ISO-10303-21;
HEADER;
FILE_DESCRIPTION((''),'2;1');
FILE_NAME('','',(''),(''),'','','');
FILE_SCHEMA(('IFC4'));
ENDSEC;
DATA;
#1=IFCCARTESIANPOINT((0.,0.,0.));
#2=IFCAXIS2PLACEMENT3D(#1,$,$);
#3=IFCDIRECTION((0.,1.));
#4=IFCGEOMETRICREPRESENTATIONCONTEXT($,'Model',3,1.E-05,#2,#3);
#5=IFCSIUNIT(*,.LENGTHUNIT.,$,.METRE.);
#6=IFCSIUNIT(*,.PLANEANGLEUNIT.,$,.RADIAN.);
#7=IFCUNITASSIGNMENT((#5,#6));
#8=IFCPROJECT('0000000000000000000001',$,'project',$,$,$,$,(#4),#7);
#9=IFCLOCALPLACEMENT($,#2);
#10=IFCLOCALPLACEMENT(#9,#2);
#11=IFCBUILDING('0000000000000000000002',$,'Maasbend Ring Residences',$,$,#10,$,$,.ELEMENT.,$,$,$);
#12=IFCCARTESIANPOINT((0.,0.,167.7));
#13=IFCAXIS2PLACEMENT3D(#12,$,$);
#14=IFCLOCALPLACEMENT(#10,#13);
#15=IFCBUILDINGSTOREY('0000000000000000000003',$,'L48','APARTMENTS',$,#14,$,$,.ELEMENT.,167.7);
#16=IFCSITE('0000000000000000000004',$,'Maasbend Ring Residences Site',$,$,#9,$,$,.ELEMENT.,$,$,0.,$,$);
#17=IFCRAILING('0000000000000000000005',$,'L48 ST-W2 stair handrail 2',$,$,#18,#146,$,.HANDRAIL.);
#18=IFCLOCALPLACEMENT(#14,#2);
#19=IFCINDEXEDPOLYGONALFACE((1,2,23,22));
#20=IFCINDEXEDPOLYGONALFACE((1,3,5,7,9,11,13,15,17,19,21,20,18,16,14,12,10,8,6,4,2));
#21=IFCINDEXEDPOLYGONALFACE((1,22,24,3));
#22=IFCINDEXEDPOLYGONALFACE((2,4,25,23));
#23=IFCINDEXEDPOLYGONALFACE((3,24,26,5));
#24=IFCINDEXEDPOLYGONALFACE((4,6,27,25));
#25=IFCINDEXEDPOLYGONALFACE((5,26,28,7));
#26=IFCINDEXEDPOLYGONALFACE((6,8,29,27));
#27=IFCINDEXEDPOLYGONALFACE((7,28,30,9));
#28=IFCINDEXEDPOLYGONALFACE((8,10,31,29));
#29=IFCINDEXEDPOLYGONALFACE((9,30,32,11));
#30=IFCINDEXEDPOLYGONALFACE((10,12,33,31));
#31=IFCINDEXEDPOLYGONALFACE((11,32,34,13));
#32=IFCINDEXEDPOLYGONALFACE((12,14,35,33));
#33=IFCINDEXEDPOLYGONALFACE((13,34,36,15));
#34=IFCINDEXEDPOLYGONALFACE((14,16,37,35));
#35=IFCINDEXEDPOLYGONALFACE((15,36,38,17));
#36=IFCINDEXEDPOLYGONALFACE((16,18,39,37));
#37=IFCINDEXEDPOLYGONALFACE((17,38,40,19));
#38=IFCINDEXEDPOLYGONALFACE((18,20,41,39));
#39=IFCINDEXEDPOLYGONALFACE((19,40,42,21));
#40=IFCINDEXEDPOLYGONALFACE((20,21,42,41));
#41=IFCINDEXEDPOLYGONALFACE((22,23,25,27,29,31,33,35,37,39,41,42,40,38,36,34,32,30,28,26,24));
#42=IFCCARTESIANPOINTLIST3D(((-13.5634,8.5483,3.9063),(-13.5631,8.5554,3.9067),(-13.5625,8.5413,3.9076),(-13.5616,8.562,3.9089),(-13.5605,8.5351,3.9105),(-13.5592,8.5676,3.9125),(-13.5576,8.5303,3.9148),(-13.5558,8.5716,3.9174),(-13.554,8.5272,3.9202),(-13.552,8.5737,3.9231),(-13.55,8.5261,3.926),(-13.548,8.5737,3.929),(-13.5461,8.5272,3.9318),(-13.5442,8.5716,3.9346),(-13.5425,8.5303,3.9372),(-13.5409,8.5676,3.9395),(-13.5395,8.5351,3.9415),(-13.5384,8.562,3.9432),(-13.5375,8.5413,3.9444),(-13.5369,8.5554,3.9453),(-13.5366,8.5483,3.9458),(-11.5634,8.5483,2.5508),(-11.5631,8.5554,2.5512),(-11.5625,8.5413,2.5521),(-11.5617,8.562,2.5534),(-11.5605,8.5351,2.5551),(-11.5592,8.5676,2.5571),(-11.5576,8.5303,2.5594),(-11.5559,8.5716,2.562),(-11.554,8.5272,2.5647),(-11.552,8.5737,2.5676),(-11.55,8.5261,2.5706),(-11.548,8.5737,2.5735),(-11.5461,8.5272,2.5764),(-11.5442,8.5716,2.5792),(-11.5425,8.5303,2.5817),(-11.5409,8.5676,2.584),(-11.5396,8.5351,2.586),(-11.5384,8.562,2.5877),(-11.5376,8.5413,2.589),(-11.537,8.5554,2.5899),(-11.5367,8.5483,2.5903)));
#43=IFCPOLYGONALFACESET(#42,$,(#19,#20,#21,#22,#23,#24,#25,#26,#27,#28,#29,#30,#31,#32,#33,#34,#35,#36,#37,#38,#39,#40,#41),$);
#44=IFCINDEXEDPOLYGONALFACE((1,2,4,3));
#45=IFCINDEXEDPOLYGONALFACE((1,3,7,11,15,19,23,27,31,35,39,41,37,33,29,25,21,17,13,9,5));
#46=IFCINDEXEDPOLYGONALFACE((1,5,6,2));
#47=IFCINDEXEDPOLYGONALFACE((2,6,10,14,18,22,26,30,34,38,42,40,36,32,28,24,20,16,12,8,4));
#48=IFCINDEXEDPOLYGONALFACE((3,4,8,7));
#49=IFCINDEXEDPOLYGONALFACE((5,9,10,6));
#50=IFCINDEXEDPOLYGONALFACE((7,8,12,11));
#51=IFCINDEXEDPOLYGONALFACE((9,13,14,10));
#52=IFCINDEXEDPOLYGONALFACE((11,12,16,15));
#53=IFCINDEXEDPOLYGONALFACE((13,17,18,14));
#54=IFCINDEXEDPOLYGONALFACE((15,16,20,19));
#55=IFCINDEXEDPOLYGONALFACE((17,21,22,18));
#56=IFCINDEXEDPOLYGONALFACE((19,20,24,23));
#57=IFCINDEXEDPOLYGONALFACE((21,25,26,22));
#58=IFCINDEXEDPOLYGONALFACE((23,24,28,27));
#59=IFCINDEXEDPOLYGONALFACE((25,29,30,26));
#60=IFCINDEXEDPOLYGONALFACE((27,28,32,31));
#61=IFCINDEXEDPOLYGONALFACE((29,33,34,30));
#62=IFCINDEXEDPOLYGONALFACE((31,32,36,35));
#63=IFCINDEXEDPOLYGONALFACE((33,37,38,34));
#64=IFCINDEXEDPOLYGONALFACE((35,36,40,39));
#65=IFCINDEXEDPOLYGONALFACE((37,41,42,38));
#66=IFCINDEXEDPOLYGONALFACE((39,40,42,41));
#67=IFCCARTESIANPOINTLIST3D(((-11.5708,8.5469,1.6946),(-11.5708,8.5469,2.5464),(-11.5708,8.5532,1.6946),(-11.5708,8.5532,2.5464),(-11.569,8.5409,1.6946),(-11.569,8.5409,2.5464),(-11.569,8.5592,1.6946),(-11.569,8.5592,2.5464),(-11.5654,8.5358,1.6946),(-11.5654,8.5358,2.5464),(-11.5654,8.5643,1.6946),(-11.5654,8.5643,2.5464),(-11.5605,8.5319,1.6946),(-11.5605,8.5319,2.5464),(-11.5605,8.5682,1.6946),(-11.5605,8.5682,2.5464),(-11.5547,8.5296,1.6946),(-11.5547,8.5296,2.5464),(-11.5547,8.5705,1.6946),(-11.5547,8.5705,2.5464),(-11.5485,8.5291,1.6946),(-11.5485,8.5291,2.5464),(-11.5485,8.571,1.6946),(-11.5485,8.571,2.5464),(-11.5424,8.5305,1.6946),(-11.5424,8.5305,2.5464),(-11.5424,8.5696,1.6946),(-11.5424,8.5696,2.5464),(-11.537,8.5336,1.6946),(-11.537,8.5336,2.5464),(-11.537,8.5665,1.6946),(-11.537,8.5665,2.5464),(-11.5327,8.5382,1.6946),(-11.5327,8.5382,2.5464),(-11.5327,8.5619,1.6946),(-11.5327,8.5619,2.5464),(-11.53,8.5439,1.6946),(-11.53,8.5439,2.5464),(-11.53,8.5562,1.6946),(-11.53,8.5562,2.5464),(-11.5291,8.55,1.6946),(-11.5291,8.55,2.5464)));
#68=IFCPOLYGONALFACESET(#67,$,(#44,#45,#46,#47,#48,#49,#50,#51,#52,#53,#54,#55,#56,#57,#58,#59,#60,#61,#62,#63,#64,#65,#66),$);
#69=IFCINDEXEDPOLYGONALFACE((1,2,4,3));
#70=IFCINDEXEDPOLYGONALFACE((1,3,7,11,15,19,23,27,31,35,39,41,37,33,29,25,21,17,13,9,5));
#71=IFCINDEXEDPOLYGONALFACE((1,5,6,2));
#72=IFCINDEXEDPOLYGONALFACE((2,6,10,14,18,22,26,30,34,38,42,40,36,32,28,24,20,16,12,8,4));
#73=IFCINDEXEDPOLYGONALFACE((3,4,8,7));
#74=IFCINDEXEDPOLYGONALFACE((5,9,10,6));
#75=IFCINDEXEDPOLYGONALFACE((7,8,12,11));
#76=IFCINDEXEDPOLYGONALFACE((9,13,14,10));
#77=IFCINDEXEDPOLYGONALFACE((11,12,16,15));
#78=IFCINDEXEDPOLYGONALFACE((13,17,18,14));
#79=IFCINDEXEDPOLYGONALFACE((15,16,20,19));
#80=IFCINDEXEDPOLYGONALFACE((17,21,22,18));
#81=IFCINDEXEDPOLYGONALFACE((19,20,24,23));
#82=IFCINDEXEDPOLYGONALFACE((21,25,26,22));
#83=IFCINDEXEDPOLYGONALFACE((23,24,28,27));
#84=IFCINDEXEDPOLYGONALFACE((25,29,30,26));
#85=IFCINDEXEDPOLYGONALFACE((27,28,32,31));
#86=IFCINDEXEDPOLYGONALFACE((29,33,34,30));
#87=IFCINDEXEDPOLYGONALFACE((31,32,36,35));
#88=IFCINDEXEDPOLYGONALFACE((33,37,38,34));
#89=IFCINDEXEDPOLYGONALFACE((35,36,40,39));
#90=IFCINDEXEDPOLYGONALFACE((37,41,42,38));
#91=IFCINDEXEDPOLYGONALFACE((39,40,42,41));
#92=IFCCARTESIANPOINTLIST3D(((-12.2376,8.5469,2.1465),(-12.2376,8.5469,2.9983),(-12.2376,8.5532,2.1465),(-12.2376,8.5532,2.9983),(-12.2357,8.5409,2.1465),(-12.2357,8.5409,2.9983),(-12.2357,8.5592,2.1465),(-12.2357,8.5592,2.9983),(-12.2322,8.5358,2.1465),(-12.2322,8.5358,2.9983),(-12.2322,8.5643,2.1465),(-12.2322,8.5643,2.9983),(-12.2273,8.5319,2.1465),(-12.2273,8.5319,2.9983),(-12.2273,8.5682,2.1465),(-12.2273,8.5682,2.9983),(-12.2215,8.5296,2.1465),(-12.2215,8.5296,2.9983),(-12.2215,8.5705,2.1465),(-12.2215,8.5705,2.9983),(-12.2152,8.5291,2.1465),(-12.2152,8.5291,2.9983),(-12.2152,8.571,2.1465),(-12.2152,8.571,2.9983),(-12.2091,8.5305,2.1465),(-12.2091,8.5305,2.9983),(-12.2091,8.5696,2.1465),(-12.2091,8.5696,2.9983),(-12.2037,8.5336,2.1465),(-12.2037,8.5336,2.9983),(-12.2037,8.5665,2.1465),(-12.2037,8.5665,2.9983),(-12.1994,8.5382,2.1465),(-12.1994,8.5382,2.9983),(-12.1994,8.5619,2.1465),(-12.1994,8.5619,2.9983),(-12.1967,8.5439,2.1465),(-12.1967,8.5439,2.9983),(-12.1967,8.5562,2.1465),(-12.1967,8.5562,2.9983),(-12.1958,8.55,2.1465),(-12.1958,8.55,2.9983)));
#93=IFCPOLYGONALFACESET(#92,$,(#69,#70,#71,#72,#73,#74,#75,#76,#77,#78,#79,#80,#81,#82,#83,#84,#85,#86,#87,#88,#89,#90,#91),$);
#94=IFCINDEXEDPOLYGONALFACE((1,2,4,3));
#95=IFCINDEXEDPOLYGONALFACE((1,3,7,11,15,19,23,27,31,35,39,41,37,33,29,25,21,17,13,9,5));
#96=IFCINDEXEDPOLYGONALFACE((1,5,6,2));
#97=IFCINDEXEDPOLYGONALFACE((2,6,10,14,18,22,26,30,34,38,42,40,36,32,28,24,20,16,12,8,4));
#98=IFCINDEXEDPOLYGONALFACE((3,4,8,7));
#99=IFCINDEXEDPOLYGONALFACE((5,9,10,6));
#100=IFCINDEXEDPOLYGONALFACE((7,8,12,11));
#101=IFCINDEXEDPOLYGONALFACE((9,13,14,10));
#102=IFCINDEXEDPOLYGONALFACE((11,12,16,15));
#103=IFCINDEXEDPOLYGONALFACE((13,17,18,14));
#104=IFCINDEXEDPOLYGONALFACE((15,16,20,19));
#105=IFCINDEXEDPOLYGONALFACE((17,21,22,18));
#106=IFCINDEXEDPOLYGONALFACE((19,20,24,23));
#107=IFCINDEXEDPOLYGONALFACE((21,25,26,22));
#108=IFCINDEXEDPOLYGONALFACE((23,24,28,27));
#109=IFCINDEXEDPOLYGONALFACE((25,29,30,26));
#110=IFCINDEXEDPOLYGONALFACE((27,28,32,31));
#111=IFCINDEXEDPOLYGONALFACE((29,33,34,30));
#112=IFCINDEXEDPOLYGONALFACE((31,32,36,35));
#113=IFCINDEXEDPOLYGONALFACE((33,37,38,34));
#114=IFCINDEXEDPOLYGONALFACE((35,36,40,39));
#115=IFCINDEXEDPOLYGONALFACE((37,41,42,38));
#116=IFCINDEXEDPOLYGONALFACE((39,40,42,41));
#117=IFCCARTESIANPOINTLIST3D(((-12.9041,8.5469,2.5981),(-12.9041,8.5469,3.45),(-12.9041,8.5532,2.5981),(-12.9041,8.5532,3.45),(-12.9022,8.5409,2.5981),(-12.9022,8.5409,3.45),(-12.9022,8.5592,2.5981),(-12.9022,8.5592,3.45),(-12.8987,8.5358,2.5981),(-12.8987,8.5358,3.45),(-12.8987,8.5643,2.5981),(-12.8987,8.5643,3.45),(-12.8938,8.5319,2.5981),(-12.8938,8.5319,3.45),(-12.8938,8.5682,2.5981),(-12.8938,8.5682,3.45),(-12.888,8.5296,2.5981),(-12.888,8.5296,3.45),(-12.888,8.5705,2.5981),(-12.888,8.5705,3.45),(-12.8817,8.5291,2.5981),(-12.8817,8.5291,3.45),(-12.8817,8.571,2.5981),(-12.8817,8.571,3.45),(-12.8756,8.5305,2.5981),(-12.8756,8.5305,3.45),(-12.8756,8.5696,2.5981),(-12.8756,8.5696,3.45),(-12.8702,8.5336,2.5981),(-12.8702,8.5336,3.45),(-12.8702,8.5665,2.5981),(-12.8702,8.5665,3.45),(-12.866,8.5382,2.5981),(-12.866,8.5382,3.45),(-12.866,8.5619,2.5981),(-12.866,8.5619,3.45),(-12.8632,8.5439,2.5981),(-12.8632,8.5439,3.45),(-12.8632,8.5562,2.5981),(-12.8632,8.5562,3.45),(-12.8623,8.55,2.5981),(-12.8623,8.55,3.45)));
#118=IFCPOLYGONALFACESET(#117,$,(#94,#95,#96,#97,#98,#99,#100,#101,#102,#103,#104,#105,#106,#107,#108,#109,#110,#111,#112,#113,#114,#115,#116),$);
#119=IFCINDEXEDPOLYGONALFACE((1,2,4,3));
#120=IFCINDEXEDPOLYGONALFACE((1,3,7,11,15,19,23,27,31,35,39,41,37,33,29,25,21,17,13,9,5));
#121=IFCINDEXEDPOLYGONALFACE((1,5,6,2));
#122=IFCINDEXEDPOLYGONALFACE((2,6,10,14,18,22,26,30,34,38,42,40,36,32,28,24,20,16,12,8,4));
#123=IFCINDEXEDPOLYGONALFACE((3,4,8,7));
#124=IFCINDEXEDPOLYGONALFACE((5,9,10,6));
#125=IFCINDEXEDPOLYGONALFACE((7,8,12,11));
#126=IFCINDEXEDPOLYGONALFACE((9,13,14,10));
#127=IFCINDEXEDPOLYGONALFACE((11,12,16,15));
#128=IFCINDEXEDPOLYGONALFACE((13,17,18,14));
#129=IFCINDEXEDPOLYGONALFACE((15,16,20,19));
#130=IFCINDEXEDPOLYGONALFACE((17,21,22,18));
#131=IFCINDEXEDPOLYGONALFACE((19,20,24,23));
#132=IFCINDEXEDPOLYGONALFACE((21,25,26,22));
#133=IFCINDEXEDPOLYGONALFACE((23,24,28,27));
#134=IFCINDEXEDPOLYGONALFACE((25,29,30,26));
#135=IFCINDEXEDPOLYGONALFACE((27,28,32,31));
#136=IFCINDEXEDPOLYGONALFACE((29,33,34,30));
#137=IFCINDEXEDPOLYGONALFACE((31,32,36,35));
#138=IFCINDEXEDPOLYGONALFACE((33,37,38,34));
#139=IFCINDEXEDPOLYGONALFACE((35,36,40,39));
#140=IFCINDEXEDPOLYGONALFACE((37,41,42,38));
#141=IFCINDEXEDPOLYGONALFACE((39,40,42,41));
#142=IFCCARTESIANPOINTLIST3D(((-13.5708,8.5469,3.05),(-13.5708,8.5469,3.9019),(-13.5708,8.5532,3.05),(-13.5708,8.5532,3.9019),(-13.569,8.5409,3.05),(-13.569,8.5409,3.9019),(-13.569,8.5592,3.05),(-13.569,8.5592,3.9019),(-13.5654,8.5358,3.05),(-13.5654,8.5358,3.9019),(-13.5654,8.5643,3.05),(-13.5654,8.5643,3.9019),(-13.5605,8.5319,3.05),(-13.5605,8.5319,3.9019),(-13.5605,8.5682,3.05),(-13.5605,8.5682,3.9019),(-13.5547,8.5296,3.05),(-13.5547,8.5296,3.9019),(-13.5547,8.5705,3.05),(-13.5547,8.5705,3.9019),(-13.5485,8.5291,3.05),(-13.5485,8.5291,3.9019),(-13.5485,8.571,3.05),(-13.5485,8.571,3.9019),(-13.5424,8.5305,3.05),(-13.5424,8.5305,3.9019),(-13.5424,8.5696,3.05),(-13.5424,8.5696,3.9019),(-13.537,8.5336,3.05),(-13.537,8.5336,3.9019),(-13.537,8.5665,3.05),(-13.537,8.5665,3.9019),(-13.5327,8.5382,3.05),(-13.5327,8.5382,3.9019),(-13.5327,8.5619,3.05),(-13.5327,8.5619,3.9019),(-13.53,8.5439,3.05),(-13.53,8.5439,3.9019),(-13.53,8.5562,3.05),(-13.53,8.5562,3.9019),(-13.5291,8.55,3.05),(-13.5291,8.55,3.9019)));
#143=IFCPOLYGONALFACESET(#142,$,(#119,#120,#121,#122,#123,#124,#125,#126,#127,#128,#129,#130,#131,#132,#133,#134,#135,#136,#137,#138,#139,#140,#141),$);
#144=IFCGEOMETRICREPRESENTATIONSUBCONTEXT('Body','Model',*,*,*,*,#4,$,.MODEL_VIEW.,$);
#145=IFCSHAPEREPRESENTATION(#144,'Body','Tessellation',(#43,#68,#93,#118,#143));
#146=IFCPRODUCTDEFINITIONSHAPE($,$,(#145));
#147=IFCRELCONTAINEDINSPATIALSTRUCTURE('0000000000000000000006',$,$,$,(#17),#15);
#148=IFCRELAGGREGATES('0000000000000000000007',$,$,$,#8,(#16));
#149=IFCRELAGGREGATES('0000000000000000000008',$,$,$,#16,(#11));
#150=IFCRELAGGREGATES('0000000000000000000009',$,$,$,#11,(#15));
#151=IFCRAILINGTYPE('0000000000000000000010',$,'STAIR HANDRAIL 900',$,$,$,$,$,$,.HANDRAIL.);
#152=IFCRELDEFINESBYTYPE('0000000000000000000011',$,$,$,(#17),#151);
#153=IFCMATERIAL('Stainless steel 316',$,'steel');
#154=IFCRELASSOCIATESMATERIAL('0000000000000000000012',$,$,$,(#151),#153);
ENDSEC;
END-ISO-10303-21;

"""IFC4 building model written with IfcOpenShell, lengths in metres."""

from ifc_helpers import new_model, si_unit, direction, frame, origin, origin_2d, place, context, subcontext, project, spatial, circle, extrude, material, type_object, element, save


model = new_model("IFC4")

# Units and contexts
model_context = context("Model", 3, precision=1e-05, world=origin(), true_north=direction((0.0, 1.0)))
body_context = subcontext(model_context, "Body", "Model", "MODEL_VIEW")
ifc_project = project(units=[si_unit("LENGTHUNIT", "METRE"), si_unit("PLANEANGLEUNIT", "RADIAN")], contexts=[model_context])

# Site, building, storey
site_placement = place(None, origin())
site = spatial("IfcSite", under=ifc_project, at=site_placement, Name="Maasbend Ring Residences Site", CompositionType="ELEMENT", RefElevation=0.0)
building_placement = place(site_placement, origin())
building = spatial("IfcBuilding", under=site, at=building_placement, Name="Maasbend Ring Residences", CompositionType="ELEMENT")
storey_placement = place(building_placement, frame((0.0, 0.0, 167.7)))
storey = spatial("IfcBuildingStorey", under=building, at=storey_placement, Name="L48", Description="APARTMENTS", CompositionType="ELEMENT", Elevation=167.7)

# Railing
ifc_material_1 = material(Name="Stainless steel 316", Category="steel")
railing_type = type_object("IfcRailingType", Name="STAIR HANDRAIL 900", PredefinedType="HANDRAIL", material=ifc_material_1)
railing_1_placement = place(storey_placement, frame((-11.55, 8.55, 1.6946)))
element("IfcRailing", 1, at=railing_1_placement, inside=storey, type_object=railing_type, Name="L48 ST-W2 stair handrail 2", PredefinedType="HANDRAIL", context=body_context, shape_type="SweptSolid", body=[
    extrude(circle(Radius=0.0239, at=origin_2d()), frame((0.0, 0.0, 0.876), z_axis=(-0.827798, 0.0, 0.561027), x_axis=(0.0, -1.0, 0.0)), (0.0, 0.0, 1.0), 2.416),
    extrude(circle(Radius=0.021, at=origin_2d()), origin(), (0.0, 0.0, 1.0), 0.8518),
    extrude(circle(Radius=0.021, at=origin_2d()), frame((-0.6667, 0.0, 0.4519)), (0.0, 0.0, 1.0), 0.8518),
    extrude(circle(Radius=0.021, at=origin_2d()), frame((-1.3333, 0.0, 0.9036)), (0.0, 0.0, 1.0), 0.8518),
    extrude(circle(Radius=0.021, at=origin_2d()), frame((-2.0, 0.0, 1.3555)), (0.0, 0.0, 1.0), 0.8518),
])

save(model, "model.ifc")
